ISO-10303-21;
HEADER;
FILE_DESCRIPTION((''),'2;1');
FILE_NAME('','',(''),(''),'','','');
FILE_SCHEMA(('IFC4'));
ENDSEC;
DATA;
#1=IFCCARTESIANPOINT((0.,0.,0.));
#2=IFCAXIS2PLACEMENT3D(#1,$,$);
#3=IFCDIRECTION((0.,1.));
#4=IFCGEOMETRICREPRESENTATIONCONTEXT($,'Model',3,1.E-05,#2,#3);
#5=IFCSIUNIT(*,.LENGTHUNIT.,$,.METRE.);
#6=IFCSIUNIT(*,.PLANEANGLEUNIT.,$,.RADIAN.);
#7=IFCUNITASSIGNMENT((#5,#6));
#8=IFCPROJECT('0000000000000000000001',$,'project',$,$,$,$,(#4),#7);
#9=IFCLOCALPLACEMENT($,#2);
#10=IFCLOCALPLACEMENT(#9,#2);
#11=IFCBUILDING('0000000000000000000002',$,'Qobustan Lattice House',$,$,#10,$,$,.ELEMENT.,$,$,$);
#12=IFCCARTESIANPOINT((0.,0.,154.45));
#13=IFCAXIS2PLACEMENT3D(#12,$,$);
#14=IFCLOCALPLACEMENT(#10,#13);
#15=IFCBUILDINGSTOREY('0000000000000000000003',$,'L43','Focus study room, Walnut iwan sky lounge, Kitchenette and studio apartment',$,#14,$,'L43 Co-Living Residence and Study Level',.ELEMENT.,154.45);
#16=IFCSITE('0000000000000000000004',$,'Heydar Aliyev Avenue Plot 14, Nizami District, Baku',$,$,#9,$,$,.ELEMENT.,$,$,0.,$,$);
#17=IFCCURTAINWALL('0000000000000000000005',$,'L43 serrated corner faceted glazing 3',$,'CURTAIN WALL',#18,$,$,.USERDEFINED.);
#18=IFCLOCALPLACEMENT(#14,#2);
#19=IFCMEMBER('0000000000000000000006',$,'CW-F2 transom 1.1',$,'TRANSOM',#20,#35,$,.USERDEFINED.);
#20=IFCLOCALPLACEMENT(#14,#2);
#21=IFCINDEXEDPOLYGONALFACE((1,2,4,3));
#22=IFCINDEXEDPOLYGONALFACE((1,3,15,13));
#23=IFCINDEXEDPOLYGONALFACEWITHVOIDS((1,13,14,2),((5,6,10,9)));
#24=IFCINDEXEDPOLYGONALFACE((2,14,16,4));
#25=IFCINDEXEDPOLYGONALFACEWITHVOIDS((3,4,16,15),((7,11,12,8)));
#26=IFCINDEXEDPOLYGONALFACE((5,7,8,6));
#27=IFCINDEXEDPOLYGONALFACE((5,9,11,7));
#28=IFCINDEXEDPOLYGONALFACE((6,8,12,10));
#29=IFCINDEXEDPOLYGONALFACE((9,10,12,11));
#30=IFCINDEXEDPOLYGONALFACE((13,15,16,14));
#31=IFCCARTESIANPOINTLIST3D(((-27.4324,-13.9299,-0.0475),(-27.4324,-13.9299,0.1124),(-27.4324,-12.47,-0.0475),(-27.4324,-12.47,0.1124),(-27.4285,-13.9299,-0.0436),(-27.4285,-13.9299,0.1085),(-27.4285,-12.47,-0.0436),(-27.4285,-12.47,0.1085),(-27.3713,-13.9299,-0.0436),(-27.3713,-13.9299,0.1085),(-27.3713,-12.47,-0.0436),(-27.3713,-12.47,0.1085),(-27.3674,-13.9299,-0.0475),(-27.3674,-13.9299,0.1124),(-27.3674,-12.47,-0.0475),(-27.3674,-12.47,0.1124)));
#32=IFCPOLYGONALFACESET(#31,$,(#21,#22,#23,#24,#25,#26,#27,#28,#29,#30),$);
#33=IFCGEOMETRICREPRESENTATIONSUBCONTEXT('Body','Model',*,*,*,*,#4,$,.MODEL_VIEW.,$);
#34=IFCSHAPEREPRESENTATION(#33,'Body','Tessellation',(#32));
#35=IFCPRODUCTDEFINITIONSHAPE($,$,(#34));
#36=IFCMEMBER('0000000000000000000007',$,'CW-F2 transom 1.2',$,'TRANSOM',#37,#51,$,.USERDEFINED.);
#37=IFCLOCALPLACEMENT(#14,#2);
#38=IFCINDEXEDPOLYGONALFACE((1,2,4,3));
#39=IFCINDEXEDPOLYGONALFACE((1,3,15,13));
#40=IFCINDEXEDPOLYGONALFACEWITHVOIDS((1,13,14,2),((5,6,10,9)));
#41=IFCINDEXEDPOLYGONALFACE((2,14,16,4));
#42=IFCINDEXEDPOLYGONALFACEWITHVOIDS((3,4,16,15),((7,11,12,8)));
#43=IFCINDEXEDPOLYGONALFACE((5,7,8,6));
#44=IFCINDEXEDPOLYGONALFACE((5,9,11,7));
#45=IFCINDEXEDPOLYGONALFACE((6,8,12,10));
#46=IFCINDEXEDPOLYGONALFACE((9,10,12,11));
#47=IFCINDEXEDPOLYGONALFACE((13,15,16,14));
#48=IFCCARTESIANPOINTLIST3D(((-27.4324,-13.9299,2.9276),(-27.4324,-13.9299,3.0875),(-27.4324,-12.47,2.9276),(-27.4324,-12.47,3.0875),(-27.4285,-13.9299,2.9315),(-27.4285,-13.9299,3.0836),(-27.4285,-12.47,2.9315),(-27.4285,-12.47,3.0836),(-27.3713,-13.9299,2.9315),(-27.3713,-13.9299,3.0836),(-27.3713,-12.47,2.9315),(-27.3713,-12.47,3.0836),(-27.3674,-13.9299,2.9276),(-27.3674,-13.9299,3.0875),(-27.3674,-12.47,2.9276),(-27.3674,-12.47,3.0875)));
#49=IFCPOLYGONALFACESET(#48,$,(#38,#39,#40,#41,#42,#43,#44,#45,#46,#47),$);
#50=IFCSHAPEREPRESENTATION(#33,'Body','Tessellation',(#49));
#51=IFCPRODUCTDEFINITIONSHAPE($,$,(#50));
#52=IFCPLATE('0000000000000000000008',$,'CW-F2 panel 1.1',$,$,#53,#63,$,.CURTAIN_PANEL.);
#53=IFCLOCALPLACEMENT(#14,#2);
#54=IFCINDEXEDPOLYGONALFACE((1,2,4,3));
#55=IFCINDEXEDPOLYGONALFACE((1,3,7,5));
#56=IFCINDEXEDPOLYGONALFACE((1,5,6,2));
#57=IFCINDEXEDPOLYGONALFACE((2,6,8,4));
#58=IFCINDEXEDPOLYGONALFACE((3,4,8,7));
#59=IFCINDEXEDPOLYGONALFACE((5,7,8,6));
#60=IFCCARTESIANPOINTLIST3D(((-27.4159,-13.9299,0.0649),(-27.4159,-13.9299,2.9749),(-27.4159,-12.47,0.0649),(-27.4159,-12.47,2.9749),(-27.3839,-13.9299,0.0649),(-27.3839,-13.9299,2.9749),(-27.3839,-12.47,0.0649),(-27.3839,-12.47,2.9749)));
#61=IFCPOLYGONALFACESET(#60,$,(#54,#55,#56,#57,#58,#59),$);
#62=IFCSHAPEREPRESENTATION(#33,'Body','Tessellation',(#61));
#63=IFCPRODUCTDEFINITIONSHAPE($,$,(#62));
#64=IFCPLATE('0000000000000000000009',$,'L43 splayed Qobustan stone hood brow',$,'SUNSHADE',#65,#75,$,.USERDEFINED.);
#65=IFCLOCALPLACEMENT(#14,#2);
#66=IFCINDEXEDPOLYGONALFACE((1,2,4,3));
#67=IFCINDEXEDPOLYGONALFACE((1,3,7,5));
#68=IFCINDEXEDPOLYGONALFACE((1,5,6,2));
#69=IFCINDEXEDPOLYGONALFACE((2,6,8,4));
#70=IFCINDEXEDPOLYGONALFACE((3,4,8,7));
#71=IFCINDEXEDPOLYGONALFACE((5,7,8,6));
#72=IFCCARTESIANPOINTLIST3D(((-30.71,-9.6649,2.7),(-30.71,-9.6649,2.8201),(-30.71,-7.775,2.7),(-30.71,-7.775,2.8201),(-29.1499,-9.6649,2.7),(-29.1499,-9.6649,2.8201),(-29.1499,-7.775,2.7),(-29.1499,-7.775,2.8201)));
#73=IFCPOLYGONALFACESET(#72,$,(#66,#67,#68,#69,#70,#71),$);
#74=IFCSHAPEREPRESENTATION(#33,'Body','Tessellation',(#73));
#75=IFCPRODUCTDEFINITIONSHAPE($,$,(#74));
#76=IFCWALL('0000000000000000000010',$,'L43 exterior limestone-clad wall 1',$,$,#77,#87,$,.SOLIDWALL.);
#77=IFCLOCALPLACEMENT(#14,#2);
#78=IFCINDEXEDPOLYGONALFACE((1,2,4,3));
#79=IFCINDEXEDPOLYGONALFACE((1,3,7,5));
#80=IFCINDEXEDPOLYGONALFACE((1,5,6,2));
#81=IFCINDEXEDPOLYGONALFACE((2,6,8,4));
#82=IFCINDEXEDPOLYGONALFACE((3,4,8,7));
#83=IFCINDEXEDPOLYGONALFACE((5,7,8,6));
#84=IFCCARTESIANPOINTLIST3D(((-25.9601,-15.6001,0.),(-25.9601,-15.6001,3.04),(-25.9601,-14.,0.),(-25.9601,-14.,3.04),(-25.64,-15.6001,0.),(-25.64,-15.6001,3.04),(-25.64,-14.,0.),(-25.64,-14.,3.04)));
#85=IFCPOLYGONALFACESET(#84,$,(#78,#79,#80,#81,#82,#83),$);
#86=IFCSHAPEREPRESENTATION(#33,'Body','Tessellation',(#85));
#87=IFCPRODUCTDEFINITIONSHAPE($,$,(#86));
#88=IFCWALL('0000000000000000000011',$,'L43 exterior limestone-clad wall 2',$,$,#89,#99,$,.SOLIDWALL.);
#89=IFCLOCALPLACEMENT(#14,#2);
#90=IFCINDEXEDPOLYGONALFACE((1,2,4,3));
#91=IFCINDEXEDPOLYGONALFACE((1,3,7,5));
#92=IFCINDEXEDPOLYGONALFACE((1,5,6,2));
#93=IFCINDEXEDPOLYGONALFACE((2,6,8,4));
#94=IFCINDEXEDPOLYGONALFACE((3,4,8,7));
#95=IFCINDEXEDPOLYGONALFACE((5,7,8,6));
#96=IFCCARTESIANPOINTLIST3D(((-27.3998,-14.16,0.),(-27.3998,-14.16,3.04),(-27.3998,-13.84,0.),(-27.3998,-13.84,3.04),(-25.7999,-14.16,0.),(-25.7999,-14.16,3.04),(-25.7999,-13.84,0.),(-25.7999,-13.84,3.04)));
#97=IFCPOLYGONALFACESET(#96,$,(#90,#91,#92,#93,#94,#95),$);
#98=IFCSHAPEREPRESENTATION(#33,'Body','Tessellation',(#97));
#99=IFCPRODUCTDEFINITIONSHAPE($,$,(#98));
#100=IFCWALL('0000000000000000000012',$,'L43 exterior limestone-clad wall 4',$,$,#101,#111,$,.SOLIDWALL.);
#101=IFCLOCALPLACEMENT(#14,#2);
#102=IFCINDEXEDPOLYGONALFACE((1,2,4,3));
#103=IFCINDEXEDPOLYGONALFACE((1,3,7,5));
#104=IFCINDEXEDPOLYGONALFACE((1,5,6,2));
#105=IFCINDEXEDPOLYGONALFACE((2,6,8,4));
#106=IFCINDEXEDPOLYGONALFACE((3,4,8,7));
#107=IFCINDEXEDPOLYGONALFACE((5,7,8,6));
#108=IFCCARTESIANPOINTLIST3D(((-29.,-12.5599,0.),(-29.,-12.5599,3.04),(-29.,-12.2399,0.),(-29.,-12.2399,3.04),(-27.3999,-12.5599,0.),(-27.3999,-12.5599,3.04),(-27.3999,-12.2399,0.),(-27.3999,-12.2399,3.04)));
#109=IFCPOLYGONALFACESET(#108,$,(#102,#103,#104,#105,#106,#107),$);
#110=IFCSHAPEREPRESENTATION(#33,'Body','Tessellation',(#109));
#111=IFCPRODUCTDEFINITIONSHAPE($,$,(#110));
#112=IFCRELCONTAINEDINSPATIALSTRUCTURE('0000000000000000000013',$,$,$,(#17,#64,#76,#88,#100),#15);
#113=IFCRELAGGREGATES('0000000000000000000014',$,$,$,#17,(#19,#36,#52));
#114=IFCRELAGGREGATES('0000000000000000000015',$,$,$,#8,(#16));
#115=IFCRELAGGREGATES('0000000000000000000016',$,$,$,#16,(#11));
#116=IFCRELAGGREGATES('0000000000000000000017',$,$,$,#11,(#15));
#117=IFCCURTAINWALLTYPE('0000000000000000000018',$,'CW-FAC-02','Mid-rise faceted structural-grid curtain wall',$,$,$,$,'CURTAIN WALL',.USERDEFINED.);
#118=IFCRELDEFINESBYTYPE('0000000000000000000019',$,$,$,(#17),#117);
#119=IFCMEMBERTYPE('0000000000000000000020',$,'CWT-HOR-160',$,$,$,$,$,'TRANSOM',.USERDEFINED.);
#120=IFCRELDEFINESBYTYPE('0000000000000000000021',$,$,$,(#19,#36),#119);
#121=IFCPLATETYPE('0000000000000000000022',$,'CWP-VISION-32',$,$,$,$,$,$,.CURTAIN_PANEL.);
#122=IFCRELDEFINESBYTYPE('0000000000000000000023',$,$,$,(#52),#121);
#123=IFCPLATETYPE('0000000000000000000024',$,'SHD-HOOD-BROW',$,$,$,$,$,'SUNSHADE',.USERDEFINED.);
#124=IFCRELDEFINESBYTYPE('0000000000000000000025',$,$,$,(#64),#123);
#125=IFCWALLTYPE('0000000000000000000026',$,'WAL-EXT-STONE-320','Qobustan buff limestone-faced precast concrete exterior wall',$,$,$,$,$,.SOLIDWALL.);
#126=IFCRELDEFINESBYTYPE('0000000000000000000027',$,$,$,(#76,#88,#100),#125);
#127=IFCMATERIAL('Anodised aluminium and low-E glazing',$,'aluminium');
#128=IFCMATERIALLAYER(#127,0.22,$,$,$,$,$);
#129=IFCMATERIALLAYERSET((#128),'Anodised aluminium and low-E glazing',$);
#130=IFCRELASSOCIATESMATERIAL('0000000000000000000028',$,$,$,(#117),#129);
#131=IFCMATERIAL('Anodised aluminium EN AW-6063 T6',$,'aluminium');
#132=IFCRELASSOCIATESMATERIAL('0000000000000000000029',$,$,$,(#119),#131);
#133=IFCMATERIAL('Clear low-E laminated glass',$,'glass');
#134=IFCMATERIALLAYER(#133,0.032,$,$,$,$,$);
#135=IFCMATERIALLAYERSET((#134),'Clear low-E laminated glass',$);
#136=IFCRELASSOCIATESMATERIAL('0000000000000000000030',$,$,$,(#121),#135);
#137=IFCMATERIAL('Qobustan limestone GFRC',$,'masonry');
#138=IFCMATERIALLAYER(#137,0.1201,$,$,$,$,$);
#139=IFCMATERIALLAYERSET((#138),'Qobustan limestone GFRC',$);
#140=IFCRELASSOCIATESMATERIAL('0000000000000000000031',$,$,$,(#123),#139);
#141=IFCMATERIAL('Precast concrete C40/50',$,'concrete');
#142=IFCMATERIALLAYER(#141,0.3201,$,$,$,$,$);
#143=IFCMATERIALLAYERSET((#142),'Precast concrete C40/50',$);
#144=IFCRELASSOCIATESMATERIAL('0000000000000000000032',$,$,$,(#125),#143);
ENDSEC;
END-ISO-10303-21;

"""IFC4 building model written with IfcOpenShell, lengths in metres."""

from ifc_helpers import new_model, si_unit, direction, frame, frame_2d, origin, origin_2d, place, context, subcontext, project, spatial, rectangle, hollow_rectangle, extrude, material, layer, layer_set, material_profile, profile_set, type_object, element, aggregate, save


model = new_model("IFC4")

# Units and contexts
model_context = context("Model", 3, precision=1e-05, world=origin(), true_north=direction((0.0, 1.0)))
body_context = subcontext(model_context, "Body", "Model", "MODEL_VIEW")
ifc_project = project(units=[si_unit("LENGTHUNIT", "METRE"), si_unit("PLANEANGLEUNIT", "RADIAN")], contexts=[model_context])

# Site, building, storey
site_placement = place(None, origin())
site = spatial("IfcSite", under=ifc_project, at=site_placement, Name="Heydar Aliyev Avenue Plot 14, Nizami District, Baku", CompositionType="ELEMENT", RefElevation=0.0)
building_placement = place(site_placement, origin())
building = spatial("IfcBuilding", under=site, at=building_placement, Name="Qobustan Lattice House", CompositionType="ELEMENT")
storey_placement = place(building_placement, frame((0.0, 0.0, 154.45)))
storey = spatial("IfcBuildingStorey", under=building, at=storey_placement, Name="L43", Description="Focus study room, Walnut iwan sky lounge, Kitchenette and studio apartment", LongName="L43 Co-Living Residence and Study Level", CompositionType="ELEMENT", Elevation=154.45)

# Curtain wall, members, plate
ifc_material_1 = material(Name="Anodised aluminium and low-E glazing", Category="aluminium")
ifc_layer_1 = layer(ifc_material_1, 0.22)
ifc_layer_set_1 = layer_set([ifc_layer_1], Name="Anodised aluminium and low-E glazing")
curtain_wall_type = type_object("IfcCurtainWallType", Name="CW-FAC-02", Description="Mid-rise faceted structural-grid curtain wall", ElementType="CURTAIN WALL", PredefinedType="USERDEFINED", material=ifc_layer_set_1)
curtain_wall_placement = place(storey_placement, origin())
curtain_wall = element("IfcCurtainWall", 1, at=curtain_wall_placement, inside=storey, type_object=curtain_wall_type, Name="L43 serrated corner faceted glazing 3", ObjectType="CURTAIN WALL", PredefinedType="USERDEFINED")
ifc_material_2 = material(Name="Anodised aluminium EN AW-6063 T6", Category="aluminium")
ifc_material_profile_1 = material_profile(ifc_material_2, hollow_rectangle(XDim=0.0649, YDim=0.1599, WallThickness=0.0039, at=origin_2d()), Name="CWT-160x65")
ifc_profile_set_1 = profile_set([ifc_material_profile_1], Name="Anodised aluminium EN AW-6063 T6")
member_type_1 = type_object("IfcMemberType", Name="CWT-HOR-160", ElementType="TRANSOM", PredefinedType="USERDEFINED", material=ifc_profile_set_1)
member_1_placement = place(storey_placement, frame((-27.3999, -13.9299, 0.0325), z_axis=(0.0, 1.0, 0.0), x_axis=(-1.0, 0.0, 0.0)))
member_1 = element("IfcMember", 2, at=member_1_placement, type_object=member_type_1, Name="CW-F2 transom 1.1", ObjectType="TRANSOM", PredefinedType="USERDEFINED", context=body_context, shape_type="SweptSolid", body=[
    extrude(hollow_rectangle(XDim=0.0649, YDim=0.1599, WallThickness=0.0039, at=origin_2d()), origin(), (0.0, 0.0, 1.0), 1.46),
])
member_2_placement = place(storey_placement, frame((-27.3999, -13.9299, 3.0076), z_axis=(0.0, 1.0, 0.0), x_axis=(-1.0, 0.0, 0.0)))
member_2 = element("IfcMember", 3, at=member_2_placement, type_object=member_type_1, Name="CW-F2 transom 1.2", ObjectType="TRANSOM", PredefinedType="USERDEFINED", context=body_context, shape_type="SweptSolid", body=[
    extrude(hollow_rectangle(XDim=0.0649, YDim=0.1599, WallThickness=0.0039, at=origin_2d()), origin(), (0.0, 0.0, 1.0), 1.46),
])
ifc_material_3 = material(Name="Clear low-E laminated glass", Category="glass")
ifc_layer_2 = layer(ifc_material_3, 0.032)
ifc_layer_set_2 = layer_set([ifc_layer_2], Name="Clear low-E laminated glass")
plate_type_1 = type_object("IfcPlateType", Name="CWP-VISION-32", PredefinedType="CURTAIN_PANEL", material=ifc_layer_set_2)
plate_1_placement = place(storey_placement, frame((-27.3999, -13.2, 0.0649), z_axis=(0.0, 0.0, 1.0), x_axis=(0.0, 1.0, 0.0)))
plate_1 = element("IfcPlate", 4, at=plate_1_placement, type_object=plate_type_1, Name="CW-F2 panel 1.1", PredefinedType="CURTAIN_PANEL", context=body_context, shape_type="SweptSolid", body=[
    extrude(rectangle(XDim=1.46, YDim=0.032, at=origin_2d()), origin(), (0.0, 0.0, 1.0), 2.9099),
])
aggregate(curtain_wall, [member_1, member_2, plate_1])

# Plate
ifc_material_4 = material(Name="Qobustan limestone GFRC", Category="masonry")
ifc_layer_3 = layer(ifc_material_4, 0.1201)
ifc_layer_set_3 = layer_set([ifc_layer_3], Name="Qobustan limestone GFRC")
plate_type_2 = type_object("IfcPlateType", Name="SHD-HOOD-BROW", ElementType="SUNSHADE", PredefinedType="USERDEFINED", material=ifc_layer_set_3)
plate_2_placement = place(storey_placement, frame((-29.9299, -8.72, 2.7), z_axis=(0.0, 0.0, 1.0), x_axis=(0.0, 1.0, 0.0)))
element("IfcPlate", 5, at=plate_2_placement, inside=storey, type_object=plate_type_2, Name="L43 splayed Qobustan stone hood brow", ObjectType="SUNSHADE", PredefinedType="USERDEFINED", context=body_context, shape_type="SweptSolid", body=[
    extrude(rectangle(XDim=1.8899, YDim=1.5601, at=origin_2d()), origin(), (0.0, 0.0, 1.0), 0.1201),
])

# Walls
ifc_material_5 = material(Name="Precast concrete C40/50", Category="concrete")
ifc_layer_4 = layer(ifc_material_5, 0.3201)
ifc_layer_set_4 = layer_set([ifc_layer_4], Name="Precast concrete C40/50")
wall_type = type_object("IfcWallType", Name="WAL-EXT-STONE-320", Description="Qobustan buff limestone-faced precast concrete exterior wall", PredefinedType="SOLIDWALL", material=ifc_layer_set_4)
wall_1_placement = place(storey_placement, frame((-25.8, -15.6001, 0.0), z_axis=(0.0, 0.0, 1.0), x_axis=(0.0, 1.0, 0.0)))
element("IfcWall", 6, at=wall_1_placement, inside=storey, type_object=wall_type, Name="L43 exterior limestone-clad wall 1", PredefinedType="SOLIDWALL", context=body_context, shape_type="SweptSolid", body=[
    extrude(rectangle(XDim=1.6001, YDim=0.3201, at=frame_2d((0.8, 0.0))), origin(), (0.0, 0.0, 1.0), 3.04),
])
wall_2_placement = place(storey_placement, frame((-25.8, -14.0, 0.0), z_axis=(0.0, 0.0, 1.0), x_axis=(-1.0, 0.0, 0.0)))
element("IfcWall", 7, at=wall_2_placement, inside=storey, type_object=wall_type, Name="L43 exterior limestone-clad wall 2", PredefinedType="SOLIDWALL", context=body_context, shape_type="SweptSolid", body=[
    extrude(rectangle(XDim=1.5999, YDim=0.3201, at=frame_2d((0.7998, 0.0))), origin(), (0.0, 0.0, 1.0), 3.04),
])
wall_3_placement = place(storey_placement, frame((-27.3999, -12.3999, 0.0), z_axis=(0.0, 0.0, 1.0), x_axis=(-1.0, 0.0, 0.0)))
element("IfcWall", 8, at=wall_3_placement, inside=storey, type_object=wall_type, Name="L43 exterior limestone-clad wall 4", PredefinedType="SOLIDWALL", context=body_context, shape_type="SweptSolid", body=[
    extrude(rectangle(XDim=1.6001, YDim=0.3201, at=frame_2d((0.8, 0.0))), origin(), (0.0, 0.0, 1.0), 3.04),
])

save(model, "model.ifc")
